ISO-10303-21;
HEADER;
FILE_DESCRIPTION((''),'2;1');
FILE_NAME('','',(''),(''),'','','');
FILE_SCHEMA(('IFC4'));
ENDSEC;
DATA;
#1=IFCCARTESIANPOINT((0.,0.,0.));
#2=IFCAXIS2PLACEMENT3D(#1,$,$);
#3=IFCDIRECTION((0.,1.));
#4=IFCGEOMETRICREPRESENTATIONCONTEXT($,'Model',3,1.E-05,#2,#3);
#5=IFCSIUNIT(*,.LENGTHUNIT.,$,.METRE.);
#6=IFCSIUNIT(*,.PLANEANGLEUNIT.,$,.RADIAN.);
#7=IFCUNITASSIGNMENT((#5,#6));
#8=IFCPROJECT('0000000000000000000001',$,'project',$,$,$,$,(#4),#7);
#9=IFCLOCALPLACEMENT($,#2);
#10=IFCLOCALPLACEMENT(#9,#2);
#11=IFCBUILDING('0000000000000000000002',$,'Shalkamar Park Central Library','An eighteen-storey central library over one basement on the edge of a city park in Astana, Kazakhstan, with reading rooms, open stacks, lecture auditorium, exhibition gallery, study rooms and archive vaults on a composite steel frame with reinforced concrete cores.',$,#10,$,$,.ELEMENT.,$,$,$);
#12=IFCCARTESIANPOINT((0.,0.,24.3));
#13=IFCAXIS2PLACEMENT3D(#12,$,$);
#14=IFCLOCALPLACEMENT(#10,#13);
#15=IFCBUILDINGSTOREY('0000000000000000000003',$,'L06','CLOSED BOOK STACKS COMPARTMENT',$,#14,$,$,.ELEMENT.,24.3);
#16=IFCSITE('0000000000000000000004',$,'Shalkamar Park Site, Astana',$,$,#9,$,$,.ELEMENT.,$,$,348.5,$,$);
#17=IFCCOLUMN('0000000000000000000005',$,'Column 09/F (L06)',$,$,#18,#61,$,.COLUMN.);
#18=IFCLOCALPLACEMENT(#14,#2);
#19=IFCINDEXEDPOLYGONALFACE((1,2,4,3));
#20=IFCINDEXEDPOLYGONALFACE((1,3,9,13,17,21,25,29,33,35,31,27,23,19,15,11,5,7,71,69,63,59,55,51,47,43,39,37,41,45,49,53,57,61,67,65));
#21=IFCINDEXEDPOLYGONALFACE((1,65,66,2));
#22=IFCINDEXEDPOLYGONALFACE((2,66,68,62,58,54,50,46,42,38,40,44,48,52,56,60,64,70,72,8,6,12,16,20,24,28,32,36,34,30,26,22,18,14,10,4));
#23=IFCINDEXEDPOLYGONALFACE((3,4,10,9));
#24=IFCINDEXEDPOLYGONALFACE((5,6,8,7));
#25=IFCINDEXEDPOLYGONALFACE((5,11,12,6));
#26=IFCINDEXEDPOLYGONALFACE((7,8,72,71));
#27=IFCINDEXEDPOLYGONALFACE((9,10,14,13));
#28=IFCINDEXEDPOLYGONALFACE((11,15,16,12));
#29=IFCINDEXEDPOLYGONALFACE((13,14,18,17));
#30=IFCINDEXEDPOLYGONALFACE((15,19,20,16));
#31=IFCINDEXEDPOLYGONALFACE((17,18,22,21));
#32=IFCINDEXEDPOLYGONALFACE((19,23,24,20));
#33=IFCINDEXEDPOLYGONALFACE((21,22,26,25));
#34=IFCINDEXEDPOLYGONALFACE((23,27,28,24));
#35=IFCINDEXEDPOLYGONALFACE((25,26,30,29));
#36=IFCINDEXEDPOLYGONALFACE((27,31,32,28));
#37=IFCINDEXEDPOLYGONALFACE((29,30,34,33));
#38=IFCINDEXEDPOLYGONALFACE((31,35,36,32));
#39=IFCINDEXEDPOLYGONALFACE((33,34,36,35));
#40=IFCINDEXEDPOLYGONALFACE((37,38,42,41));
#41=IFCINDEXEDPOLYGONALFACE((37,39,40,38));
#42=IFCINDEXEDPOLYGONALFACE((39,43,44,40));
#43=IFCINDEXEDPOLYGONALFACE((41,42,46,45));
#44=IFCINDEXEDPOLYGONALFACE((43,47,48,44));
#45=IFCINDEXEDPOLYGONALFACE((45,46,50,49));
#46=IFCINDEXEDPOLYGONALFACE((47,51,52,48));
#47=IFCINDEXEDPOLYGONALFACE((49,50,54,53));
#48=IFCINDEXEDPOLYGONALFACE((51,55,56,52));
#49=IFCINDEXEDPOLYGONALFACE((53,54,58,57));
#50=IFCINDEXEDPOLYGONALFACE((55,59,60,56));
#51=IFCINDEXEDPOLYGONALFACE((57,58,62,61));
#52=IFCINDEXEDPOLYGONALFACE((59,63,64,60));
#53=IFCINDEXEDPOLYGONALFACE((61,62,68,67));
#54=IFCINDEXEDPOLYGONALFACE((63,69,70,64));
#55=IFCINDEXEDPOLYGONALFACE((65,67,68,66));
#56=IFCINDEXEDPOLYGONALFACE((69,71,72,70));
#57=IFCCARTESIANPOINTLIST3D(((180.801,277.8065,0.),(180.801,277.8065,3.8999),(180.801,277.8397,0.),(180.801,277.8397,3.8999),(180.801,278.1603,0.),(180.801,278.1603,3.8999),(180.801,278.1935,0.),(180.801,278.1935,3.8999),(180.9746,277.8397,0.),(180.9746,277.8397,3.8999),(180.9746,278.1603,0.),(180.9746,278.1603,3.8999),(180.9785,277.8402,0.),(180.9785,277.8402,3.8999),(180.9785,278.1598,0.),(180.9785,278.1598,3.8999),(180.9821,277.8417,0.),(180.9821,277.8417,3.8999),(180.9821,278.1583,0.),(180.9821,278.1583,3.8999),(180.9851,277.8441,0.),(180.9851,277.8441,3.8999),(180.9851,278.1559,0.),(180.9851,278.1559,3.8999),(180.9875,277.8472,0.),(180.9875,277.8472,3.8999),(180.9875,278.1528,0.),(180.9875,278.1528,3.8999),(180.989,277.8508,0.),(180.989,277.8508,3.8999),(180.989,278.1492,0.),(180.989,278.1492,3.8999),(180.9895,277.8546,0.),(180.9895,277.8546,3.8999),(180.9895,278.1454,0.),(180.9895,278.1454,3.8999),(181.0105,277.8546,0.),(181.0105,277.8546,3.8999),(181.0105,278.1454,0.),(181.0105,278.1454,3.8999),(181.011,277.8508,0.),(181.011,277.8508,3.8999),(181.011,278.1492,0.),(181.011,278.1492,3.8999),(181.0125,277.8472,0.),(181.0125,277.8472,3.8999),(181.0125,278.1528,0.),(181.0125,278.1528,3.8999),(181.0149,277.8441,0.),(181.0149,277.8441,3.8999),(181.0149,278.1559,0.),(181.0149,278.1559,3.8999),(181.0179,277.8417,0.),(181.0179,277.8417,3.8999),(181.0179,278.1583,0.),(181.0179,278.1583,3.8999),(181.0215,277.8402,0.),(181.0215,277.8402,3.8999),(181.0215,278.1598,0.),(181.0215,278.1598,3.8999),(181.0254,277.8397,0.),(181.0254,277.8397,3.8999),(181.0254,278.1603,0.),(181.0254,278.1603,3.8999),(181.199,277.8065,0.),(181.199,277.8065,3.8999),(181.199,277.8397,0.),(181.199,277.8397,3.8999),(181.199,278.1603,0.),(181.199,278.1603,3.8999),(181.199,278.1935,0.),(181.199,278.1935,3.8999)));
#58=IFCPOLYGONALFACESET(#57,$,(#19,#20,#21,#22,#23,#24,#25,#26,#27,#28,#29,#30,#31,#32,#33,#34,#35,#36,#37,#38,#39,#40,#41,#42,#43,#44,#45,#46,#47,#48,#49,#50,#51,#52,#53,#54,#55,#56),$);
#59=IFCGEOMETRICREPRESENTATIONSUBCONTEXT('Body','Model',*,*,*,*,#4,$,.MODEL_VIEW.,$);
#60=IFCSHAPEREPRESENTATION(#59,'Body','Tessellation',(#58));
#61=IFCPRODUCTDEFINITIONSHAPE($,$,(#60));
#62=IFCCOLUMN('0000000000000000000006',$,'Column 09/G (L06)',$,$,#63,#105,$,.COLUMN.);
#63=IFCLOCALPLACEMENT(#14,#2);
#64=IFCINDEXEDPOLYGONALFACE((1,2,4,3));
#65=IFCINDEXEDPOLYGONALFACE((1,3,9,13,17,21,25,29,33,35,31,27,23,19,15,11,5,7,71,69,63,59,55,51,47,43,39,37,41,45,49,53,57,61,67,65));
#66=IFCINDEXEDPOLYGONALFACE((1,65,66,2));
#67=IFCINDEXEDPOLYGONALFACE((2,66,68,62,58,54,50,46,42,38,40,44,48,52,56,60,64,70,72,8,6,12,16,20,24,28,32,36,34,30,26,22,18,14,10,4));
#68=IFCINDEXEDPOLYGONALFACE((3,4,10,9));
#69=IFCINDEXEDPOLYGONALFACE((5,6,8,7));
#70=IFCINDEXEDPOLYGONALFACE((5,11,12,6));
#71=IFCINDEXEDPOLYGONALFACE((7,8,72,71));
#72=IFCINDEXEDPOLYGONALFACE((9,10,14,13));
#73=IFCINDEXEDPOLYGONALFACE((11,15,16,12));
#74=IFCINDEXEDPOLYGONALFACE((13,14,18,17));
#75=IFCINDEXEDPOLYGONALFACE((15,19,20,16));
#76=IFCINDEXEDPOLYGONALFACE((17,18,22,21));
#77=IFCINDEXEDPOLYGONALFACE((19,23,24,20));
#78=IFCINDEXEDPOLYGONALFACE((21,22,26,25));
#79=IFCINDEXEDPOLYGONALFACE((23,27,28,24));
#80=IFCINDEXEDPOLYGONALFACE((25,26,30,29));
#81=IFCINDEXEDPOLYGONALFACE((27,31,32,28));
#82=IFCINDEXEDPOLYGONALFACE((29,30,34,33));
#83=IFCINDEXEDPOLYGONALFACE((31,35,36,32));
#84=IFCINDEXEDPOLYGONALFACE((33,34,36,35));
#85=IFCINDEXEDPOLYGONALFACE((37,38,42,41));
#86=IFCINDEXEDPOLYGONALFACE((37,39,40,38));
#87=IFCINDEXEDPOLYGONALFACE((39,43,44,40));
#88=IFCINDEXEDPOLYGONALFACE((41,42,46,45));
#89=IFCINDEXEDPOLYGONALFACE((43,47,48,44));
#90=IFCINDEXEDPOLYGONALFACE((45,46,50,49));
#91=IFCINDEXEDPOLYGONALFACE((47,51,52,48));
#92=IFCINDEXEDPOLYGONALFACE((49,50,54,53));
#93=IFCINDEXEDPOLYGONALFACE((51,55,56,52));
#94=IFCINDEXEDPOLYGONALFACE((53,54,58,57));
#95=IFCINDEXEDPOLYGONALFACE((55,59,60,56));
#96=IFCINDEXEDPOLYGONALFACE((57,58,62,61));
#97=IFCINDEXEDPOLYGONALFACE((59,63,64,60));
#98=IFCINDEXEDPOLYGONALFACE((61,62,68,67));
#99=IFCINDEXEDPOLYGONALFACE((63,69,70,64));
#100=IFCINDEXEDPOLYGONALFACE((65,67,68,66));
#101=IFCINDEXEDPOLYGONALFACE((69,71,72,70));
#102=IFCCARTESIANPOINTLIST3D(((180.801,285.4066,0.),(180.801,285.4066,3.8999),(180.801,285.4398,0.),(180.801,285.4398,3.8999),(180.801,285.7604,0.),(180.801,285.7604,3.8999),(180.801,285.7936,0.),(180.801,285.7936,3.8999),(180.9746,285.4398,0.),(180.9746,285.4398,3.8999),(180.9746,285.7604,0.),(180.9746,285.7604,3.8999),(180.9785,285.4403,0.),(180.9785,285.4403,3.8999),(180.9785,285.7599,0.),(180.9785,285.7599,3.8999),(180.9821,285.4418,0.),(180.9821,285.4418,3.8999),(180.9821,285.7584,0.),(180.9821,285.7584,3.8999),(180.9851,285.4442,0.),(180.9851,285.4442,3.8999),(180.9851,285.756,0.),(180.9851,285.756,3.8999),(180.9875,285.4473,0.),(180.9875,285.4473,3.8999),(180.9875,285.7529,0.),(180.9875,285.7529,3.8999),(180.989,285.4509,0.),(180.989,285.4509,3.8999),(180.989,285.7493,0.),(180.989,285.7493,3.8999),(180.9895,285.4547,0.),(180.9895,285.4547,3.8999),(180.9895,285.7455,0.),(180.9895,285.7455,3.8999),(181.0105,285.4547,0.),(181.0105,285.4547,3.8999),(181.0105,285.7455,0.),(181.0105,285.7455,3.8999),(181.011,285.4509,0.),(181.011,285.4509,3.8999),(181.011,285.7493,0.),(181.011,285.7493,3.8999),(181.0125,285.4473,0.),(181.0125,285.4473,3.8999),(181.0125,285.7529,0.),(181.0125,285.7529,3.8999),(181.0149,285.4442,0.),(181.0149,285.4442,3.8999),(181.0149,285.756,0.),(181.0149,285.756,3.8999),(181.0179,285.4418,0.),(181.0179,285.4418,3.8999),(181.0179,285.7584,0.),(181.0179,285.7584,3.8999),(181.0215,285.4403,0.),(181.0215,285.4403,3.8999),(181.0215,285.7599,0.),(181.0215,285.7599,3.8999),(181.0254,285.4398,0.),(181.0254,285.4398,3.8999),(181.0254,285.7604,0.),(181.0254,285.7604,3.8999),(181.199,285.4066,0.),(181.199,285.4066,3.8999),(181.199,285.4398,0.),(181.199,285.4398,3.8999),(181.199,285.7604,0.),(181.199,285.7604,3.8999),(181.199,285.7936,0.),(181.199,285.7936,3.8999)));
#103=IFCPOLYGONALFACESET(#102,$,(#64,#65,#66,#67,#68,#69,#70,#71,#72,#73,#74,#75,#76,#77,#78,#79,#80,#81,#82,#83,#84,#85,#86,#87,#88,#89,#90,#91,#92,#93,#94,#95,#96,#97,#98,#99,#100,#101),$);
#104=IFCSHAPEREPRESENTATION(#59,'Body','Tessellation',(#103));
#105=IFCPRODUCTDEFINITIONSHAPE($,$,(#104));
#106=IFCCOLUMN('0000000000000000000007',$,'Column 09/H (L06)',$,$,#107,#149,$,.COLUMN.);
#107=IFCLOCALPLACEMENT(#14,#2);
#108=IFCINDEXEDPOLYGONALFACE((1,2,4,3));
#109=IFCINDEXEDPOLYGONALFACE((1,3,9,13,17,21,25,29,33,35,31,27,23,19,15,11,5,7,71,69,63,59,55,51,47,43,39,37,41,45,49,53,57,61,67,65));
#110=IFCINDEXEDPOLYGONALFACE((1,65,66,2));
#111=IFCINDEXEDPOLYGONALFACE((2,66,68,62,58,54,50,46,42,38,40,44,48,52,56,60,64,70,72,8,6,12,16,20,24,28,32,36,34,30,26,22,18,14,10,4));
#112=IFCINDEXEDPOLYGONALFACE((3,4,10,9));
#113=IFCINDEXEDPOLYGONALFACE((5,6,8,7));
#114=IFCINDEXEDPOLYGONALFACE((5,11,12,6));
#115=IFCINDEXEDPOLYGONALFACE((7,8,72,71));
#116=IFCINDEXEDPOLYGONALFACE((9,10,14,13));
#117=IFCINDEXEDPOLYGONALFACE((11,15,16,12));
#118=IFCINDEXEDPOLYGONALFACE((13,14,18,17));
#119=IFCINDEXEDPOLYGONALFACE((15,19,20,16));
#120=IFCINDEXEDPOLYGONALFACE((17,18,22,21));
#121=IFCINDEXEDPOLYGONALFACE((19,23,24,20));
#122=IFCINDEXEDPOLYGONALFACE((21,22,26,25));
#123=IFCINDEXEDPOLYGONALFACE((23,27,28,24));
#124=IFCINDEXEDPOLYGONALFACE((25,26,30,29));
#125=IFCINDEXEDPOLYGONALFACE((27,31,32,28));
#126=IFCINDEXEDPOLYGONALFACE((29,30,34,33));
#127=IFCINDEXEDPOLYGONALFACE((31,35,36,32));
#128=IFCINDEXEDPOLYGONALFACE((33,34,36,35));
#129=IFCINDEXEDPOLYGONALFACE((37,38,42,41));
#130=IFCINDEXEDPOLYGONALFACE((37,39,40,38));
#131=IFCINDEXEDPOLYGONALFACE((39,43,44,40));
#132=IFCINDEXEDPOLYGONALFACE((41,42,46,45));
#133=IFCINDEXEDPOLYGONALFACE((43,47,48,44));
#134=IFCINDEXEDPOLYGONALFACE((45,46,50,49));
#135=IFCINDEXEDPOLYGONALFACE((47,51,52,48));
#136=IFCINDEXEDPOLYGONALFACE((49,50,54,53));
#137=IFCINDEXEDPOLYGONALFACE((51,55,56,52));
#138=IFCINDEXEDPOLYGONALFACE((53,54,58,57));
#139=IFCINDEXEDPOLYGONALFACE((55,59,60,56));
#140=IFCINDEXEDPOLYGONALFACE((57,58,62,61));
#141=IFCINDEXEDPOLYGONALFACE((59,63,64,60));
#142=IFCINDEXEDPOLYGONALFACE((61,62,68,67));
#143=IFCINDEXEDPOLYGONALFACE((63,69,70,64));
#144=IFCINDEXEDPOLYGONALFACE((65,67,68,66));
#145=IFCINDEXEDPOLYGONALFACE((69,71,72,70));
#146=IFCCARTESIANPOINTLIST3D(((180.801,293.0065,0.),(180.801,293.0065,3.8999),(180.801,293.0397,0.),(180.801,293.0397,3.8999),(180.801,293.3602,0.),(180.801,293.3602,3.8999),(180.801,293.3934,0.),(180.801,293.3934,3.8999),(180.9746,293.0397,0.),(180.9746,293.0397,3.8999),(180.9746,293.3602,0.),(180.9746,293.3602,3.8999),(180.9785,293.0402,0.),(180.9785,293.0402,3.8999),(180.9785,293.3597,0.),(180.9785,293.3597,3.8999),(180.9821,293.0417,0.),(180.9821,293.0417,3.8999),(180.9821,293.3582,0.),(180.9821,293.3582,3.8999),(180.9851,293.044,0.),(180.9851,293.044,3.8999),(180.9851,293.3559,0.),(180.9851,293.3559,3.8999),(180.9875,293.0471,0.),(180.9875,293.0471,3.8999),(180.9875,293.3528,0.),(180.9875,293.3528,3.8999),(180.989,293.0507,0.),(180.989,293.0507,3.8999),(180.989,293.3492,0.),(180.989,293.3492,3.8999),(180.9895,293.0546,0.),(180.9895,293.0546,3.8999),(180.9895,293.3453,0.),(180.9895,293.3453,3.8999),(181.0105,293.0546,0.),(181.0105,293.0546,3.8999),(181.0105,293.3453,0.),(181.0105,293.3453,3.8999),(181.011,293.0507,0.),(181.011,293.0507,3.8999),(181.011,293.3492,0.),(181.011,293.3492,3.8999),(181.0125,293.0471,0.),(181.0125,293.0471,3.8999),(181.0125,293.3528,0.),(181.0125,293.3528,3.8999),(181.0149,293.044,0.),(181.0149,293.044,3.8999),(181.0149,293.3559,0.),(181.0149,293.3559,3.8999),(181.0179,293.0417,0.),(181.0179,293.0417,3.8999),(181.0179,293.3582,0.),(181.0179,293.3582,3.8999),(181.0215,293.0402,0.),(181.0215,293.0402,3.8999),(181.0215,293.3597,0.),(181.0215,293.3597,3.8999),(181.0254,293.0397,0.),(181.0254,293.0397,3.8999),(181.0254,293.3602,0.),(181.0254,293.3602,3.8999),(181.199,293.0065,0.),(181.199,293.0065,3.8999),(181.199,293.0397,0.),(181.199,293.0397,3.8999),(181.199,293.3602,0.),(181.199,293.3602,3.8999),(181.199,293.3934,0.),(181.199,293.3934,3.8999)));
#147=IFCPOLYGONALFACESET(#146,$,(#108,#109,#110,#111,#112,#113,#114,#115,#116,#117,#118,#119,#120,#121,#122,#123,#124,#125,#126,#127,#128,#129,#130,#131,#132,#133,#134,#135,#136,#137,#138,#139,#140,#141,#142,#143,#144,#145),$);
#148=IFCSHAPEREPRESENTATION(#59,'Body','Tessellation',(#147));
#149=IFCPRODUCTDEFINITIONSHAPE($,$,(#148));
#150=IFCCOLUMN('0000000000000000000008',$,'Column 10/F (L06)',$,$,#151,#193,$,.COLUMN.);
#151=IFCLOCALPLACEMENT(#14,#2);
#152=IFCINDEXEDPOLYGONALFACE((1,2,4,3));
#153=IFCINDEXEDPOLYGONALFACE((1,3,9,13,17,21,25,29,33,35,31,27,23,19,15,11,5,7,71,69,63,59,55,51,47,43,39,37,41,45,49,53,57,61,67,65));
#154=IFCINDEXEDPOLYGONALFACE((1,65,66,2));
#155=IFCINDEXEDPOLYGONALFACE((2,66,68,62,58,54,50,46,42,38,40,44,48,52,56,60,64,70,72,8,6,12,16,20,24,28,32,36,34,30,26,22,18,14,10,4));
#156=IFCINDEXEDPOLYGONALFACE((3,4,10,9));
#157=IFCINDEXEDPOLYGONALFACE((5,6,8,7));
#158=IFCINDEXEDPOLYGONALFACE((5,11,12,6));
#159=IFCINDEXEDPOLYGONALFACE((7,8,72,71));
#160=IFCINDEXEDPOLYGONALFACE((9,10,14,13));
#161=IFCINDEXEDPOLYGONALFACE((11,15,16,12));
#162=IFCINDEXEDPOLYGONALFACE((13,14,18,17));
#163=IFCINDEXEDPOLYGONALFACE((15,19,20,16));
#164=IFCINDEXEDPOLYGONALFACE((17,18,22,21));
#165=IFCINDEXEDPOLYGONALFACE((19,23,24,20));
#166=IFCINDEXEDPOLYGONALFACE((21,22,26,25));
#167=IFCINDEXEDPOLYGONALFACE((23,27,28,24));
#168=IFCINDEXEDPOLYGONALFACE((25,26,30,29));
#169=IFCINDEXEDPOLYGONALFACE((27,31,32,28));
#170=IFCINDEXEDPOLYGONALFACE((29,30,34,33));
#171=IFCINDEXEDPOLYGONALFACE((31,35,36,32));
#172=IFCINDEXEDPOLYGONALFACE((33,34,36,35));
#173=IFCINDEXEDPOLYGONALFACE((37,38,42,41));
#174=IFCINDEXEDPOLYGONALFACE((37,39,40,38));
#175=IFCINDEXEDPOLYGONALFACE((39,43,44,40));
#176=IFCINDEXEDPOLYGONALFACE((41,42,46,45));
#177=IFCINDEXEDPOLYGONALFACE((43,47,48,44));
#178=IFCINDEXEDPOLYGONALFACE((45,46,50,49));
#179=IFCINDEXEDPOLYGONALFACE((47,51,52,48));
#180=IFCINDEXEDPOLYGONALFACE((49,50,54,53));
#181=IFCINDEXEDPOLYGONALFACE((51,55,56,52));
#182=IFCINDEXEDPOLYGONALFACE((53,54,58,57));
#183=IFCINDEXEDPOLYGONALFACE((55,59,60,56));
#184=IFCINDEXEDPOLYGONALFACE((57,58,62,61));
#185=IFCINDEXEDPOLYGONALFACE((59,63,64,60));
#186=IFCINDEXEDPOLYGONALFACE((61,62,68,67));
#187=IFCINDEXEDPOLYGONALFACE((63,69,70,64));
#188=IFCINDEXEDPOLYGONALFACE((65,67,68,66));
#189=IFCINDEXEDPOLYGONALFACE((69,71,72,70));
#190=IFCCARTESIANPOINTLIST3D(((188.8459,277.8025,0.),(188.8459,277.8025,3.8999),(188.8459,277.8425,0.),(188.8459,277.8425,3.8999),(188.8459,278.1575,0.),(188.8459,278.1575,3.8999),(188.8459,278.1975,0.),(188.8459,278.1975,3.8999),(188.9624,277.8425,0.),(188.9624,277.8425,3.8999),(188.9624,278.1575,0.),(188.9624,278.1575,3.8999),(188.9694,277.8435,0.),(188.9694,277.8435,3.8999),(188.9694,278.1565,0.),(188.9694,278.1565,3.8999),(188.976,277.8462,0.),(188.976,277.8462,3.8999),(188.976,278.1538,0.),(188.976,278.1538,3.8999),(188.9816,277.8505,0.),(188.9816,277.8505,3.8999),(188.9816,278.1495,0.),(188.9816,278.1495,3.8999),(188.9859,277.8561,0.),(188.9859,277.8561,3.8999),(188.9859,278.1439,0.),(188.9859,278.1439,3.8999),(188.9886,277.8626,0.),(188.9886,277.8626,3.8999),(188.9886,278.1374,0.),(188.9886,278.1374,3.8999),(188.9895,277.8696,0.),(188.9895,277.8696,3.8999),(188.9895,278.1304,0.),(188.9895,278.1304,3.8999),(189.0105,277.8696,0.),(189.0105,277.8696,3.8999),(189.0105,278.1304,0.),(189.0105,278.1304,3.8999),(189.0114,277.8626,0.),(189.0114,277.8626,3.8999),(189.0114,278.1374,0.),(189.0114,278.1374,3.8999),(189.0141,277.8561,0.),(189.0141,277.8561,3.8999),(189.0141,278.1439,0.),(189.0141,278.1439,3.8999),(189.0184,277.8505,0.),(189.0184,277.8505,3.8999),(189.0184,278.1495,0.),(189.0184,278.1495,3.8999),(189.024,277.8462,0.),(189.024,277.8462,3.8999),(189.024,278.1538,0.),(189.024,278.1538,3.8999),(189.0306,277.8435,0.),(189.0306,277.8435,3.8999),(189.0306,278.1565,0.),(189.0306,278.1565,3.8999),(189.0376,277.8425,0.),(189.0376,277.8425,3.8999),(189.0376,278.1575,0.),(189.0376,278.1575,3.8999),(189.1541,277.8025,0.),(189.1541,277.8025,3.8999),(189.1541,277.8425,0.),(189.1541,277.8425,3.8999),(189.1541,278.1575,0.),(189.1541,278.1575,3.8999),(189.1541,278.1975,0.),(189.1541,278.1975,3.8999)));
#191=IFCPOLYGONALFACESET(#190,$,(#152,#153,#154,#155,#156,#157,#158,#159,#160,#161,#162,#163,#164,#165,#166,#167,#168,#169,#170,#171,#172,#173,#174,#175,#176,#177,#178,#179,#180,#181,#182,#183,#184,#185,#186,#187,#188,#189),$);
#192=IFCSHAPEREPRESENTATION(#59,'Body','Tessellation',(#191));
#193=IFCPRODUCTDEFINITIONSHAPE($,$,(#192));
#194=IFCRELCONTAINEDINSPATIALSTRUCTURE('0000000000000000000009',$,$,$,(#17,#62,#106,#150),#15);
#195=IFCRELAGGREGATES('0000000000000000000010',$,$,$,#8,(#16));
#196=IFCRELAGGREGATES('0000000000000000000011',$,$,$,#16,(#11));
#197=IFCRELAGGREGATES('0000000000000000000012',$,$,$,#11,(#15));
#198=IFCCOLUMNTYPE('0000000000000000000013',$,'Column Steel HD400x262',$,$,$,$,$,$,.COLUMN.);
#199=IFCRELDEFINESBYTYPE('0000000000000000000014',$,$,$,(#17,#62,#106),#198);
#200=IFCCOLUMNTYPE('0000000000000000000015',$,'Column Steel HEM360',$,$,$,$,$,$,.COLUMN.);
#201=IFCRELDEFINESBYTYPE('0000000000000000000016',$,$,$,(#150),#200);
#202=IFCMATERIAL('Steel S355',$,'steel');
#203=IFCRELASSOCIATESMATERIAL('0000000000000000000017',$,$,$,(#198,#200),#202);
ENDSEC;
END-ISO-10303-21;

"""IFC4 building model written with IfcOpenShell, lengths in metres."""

from ifc_helpers import new_model, si_unit, direction, frame, origin, origin_2d, place, context, subcontext, project, spatial, i_section, extrude, material, material_profile, profile_set, type_object, element, save


model = new_model("IFC4")

# Units and contexts
model_context = context("Model", 3, precision=1e-05, world=origin(), true_north=direction((0.0, 1.0)))
body_context = subcontext(model_context, "Body", "Model", "MODEL_VIEW")
ifc_project = project(units=[si_unit("LENGTHUNIT", "METRE"), si_unit("PLANEANGLEUNIT", "RADIAN")], contexts=[model_context])

# Site, building, storey
site_placement = place(None, origin())
site = spatial("IfcSite", under=ifc_project, at=site_placement, Name="Shalkamar Park Site, Astana", CompositionType="ELEMENT", RefElevation=348.5)
building_placement = place(site_placement, origin())
building = spatial("IfcBuilding", under=site, at=building_placement, Name="Shalkamar Park Central Library", Description="An eighteen-storey central library over one basement on the edge of a city park in Astana, Kazakhstan, with reading rooms, open stacks, lecture auditorium, exhibition gallery, study rooms and archive vaults on a composite steel frame with reinforced concrete cores.", CompositionType="ELEMENT")
storey_placement = place(building_placement, frame((0.0, 0.0, 24.3)))
storey = spatial("IfcBuildingStorey", under=building, at=storey_placement, Name="L06", Description="CLOSED BOOK STACKS COMPARTMENT", CompositionType="ELEMENT", Elevation=24.3)

# Columns
ifc_material_1 = material(Name="Steel S355", Category="steel")
ifc_material_profile_1 = material_profile(ifc_material_1, i_section(OverallWidth=0.3979, OverallDepth=0.387, WebThickness=0.021, FlangeThickness=0.0332, FilletRadius=0.0149, at=origin_2d()), Name="HD 400x262")
ifc_profile_set_1 = profile_set([ifc_material_profile_1], Name="Steel S355")
column_type_1 = type_object("IfcColumnType", Name="Column Steel HD400x262", PredefinedType="COLUMN", material=ifc_profile_set_1)
for number, where, z_axis, x_axis, name in (
    (1, (181.0, 278.0, 0.0), (0.0, 0.0, 1.0), (1.0, 0.0, 0.0), "Column 09/F (L06)"),
    (2, (181.0, 285.6001, 0.0), (0.0, 0.0, 1.0), (1.0, 0.0, 0.0), "Column 09/G (L06)"),
    (3, (181.0, 293.2, 0.0), (0.0, 0.0, 1.0), (1.0, 0.0, 0.0), "Column 09/H (L06)"),
):
    element("IfcColumn", number, at=place(storey_placement, frame(where, z_axis=z_axis, x_axis=x_axis)), inside=storey, type_object=column_type_1, Name=name, PredefinedType="COLUMN", context=body_context, shape_type="SweptSolid", body=[
        extrude(i_section(OverallWidth=0.3979, OverallDepth=0.387, WebThickness=0.021, FlangeThickness=0.0332, FilletRadius=0.0149, at=origin_2d()), origin(), (0.0, 0.0, 1.0), 3.8999),
    ])
ifc_material_profile_2 = material_profile(ifc_material_1, i_section(OverallWidth=0.3081, OverallDepth=0.395, WebThickness=0.021, FlangeThickness=0.04, FilletRadius=0.0271, at=origin_2d()), Name="HEM 360")
ifc_profile_set_2 = profile_set([ifc_material_profile_2], Name="Steel S355")
column_type_2 = type_object("IfcColumnType", Name="Column Steel HEM360", PredefinedType="COLUMN", material=ifc_profile_set_2)
for number, where, z_axis, x_axis, name in (
    (4, (189.0, 278.0, 0.0), (0.0, 0.0, 1.0), (1.0, 0.0, 0.0), "Column 10/F (L06)"),
):
    element("IfcColumn", number, at=place(storey_placement, frame(where, z_axis=z_axis, x_axis=x_axis)), inside=storey, type_object=column_type_2, Name=name, PredefinedType="COLUMN", context=body_context, shape_type="SweptSolid", body=[
        extrude(i_section(OverallWidth=0.3081, OverallDepth=0.395, WebThickness=0.021, FlangeThickness=0.04, FilletRadius=0.0271, at=origin_2d()), origin(), (0.0, 0.0, 1.0), 3.8999),
    ])

save(model, "model.ifc")
